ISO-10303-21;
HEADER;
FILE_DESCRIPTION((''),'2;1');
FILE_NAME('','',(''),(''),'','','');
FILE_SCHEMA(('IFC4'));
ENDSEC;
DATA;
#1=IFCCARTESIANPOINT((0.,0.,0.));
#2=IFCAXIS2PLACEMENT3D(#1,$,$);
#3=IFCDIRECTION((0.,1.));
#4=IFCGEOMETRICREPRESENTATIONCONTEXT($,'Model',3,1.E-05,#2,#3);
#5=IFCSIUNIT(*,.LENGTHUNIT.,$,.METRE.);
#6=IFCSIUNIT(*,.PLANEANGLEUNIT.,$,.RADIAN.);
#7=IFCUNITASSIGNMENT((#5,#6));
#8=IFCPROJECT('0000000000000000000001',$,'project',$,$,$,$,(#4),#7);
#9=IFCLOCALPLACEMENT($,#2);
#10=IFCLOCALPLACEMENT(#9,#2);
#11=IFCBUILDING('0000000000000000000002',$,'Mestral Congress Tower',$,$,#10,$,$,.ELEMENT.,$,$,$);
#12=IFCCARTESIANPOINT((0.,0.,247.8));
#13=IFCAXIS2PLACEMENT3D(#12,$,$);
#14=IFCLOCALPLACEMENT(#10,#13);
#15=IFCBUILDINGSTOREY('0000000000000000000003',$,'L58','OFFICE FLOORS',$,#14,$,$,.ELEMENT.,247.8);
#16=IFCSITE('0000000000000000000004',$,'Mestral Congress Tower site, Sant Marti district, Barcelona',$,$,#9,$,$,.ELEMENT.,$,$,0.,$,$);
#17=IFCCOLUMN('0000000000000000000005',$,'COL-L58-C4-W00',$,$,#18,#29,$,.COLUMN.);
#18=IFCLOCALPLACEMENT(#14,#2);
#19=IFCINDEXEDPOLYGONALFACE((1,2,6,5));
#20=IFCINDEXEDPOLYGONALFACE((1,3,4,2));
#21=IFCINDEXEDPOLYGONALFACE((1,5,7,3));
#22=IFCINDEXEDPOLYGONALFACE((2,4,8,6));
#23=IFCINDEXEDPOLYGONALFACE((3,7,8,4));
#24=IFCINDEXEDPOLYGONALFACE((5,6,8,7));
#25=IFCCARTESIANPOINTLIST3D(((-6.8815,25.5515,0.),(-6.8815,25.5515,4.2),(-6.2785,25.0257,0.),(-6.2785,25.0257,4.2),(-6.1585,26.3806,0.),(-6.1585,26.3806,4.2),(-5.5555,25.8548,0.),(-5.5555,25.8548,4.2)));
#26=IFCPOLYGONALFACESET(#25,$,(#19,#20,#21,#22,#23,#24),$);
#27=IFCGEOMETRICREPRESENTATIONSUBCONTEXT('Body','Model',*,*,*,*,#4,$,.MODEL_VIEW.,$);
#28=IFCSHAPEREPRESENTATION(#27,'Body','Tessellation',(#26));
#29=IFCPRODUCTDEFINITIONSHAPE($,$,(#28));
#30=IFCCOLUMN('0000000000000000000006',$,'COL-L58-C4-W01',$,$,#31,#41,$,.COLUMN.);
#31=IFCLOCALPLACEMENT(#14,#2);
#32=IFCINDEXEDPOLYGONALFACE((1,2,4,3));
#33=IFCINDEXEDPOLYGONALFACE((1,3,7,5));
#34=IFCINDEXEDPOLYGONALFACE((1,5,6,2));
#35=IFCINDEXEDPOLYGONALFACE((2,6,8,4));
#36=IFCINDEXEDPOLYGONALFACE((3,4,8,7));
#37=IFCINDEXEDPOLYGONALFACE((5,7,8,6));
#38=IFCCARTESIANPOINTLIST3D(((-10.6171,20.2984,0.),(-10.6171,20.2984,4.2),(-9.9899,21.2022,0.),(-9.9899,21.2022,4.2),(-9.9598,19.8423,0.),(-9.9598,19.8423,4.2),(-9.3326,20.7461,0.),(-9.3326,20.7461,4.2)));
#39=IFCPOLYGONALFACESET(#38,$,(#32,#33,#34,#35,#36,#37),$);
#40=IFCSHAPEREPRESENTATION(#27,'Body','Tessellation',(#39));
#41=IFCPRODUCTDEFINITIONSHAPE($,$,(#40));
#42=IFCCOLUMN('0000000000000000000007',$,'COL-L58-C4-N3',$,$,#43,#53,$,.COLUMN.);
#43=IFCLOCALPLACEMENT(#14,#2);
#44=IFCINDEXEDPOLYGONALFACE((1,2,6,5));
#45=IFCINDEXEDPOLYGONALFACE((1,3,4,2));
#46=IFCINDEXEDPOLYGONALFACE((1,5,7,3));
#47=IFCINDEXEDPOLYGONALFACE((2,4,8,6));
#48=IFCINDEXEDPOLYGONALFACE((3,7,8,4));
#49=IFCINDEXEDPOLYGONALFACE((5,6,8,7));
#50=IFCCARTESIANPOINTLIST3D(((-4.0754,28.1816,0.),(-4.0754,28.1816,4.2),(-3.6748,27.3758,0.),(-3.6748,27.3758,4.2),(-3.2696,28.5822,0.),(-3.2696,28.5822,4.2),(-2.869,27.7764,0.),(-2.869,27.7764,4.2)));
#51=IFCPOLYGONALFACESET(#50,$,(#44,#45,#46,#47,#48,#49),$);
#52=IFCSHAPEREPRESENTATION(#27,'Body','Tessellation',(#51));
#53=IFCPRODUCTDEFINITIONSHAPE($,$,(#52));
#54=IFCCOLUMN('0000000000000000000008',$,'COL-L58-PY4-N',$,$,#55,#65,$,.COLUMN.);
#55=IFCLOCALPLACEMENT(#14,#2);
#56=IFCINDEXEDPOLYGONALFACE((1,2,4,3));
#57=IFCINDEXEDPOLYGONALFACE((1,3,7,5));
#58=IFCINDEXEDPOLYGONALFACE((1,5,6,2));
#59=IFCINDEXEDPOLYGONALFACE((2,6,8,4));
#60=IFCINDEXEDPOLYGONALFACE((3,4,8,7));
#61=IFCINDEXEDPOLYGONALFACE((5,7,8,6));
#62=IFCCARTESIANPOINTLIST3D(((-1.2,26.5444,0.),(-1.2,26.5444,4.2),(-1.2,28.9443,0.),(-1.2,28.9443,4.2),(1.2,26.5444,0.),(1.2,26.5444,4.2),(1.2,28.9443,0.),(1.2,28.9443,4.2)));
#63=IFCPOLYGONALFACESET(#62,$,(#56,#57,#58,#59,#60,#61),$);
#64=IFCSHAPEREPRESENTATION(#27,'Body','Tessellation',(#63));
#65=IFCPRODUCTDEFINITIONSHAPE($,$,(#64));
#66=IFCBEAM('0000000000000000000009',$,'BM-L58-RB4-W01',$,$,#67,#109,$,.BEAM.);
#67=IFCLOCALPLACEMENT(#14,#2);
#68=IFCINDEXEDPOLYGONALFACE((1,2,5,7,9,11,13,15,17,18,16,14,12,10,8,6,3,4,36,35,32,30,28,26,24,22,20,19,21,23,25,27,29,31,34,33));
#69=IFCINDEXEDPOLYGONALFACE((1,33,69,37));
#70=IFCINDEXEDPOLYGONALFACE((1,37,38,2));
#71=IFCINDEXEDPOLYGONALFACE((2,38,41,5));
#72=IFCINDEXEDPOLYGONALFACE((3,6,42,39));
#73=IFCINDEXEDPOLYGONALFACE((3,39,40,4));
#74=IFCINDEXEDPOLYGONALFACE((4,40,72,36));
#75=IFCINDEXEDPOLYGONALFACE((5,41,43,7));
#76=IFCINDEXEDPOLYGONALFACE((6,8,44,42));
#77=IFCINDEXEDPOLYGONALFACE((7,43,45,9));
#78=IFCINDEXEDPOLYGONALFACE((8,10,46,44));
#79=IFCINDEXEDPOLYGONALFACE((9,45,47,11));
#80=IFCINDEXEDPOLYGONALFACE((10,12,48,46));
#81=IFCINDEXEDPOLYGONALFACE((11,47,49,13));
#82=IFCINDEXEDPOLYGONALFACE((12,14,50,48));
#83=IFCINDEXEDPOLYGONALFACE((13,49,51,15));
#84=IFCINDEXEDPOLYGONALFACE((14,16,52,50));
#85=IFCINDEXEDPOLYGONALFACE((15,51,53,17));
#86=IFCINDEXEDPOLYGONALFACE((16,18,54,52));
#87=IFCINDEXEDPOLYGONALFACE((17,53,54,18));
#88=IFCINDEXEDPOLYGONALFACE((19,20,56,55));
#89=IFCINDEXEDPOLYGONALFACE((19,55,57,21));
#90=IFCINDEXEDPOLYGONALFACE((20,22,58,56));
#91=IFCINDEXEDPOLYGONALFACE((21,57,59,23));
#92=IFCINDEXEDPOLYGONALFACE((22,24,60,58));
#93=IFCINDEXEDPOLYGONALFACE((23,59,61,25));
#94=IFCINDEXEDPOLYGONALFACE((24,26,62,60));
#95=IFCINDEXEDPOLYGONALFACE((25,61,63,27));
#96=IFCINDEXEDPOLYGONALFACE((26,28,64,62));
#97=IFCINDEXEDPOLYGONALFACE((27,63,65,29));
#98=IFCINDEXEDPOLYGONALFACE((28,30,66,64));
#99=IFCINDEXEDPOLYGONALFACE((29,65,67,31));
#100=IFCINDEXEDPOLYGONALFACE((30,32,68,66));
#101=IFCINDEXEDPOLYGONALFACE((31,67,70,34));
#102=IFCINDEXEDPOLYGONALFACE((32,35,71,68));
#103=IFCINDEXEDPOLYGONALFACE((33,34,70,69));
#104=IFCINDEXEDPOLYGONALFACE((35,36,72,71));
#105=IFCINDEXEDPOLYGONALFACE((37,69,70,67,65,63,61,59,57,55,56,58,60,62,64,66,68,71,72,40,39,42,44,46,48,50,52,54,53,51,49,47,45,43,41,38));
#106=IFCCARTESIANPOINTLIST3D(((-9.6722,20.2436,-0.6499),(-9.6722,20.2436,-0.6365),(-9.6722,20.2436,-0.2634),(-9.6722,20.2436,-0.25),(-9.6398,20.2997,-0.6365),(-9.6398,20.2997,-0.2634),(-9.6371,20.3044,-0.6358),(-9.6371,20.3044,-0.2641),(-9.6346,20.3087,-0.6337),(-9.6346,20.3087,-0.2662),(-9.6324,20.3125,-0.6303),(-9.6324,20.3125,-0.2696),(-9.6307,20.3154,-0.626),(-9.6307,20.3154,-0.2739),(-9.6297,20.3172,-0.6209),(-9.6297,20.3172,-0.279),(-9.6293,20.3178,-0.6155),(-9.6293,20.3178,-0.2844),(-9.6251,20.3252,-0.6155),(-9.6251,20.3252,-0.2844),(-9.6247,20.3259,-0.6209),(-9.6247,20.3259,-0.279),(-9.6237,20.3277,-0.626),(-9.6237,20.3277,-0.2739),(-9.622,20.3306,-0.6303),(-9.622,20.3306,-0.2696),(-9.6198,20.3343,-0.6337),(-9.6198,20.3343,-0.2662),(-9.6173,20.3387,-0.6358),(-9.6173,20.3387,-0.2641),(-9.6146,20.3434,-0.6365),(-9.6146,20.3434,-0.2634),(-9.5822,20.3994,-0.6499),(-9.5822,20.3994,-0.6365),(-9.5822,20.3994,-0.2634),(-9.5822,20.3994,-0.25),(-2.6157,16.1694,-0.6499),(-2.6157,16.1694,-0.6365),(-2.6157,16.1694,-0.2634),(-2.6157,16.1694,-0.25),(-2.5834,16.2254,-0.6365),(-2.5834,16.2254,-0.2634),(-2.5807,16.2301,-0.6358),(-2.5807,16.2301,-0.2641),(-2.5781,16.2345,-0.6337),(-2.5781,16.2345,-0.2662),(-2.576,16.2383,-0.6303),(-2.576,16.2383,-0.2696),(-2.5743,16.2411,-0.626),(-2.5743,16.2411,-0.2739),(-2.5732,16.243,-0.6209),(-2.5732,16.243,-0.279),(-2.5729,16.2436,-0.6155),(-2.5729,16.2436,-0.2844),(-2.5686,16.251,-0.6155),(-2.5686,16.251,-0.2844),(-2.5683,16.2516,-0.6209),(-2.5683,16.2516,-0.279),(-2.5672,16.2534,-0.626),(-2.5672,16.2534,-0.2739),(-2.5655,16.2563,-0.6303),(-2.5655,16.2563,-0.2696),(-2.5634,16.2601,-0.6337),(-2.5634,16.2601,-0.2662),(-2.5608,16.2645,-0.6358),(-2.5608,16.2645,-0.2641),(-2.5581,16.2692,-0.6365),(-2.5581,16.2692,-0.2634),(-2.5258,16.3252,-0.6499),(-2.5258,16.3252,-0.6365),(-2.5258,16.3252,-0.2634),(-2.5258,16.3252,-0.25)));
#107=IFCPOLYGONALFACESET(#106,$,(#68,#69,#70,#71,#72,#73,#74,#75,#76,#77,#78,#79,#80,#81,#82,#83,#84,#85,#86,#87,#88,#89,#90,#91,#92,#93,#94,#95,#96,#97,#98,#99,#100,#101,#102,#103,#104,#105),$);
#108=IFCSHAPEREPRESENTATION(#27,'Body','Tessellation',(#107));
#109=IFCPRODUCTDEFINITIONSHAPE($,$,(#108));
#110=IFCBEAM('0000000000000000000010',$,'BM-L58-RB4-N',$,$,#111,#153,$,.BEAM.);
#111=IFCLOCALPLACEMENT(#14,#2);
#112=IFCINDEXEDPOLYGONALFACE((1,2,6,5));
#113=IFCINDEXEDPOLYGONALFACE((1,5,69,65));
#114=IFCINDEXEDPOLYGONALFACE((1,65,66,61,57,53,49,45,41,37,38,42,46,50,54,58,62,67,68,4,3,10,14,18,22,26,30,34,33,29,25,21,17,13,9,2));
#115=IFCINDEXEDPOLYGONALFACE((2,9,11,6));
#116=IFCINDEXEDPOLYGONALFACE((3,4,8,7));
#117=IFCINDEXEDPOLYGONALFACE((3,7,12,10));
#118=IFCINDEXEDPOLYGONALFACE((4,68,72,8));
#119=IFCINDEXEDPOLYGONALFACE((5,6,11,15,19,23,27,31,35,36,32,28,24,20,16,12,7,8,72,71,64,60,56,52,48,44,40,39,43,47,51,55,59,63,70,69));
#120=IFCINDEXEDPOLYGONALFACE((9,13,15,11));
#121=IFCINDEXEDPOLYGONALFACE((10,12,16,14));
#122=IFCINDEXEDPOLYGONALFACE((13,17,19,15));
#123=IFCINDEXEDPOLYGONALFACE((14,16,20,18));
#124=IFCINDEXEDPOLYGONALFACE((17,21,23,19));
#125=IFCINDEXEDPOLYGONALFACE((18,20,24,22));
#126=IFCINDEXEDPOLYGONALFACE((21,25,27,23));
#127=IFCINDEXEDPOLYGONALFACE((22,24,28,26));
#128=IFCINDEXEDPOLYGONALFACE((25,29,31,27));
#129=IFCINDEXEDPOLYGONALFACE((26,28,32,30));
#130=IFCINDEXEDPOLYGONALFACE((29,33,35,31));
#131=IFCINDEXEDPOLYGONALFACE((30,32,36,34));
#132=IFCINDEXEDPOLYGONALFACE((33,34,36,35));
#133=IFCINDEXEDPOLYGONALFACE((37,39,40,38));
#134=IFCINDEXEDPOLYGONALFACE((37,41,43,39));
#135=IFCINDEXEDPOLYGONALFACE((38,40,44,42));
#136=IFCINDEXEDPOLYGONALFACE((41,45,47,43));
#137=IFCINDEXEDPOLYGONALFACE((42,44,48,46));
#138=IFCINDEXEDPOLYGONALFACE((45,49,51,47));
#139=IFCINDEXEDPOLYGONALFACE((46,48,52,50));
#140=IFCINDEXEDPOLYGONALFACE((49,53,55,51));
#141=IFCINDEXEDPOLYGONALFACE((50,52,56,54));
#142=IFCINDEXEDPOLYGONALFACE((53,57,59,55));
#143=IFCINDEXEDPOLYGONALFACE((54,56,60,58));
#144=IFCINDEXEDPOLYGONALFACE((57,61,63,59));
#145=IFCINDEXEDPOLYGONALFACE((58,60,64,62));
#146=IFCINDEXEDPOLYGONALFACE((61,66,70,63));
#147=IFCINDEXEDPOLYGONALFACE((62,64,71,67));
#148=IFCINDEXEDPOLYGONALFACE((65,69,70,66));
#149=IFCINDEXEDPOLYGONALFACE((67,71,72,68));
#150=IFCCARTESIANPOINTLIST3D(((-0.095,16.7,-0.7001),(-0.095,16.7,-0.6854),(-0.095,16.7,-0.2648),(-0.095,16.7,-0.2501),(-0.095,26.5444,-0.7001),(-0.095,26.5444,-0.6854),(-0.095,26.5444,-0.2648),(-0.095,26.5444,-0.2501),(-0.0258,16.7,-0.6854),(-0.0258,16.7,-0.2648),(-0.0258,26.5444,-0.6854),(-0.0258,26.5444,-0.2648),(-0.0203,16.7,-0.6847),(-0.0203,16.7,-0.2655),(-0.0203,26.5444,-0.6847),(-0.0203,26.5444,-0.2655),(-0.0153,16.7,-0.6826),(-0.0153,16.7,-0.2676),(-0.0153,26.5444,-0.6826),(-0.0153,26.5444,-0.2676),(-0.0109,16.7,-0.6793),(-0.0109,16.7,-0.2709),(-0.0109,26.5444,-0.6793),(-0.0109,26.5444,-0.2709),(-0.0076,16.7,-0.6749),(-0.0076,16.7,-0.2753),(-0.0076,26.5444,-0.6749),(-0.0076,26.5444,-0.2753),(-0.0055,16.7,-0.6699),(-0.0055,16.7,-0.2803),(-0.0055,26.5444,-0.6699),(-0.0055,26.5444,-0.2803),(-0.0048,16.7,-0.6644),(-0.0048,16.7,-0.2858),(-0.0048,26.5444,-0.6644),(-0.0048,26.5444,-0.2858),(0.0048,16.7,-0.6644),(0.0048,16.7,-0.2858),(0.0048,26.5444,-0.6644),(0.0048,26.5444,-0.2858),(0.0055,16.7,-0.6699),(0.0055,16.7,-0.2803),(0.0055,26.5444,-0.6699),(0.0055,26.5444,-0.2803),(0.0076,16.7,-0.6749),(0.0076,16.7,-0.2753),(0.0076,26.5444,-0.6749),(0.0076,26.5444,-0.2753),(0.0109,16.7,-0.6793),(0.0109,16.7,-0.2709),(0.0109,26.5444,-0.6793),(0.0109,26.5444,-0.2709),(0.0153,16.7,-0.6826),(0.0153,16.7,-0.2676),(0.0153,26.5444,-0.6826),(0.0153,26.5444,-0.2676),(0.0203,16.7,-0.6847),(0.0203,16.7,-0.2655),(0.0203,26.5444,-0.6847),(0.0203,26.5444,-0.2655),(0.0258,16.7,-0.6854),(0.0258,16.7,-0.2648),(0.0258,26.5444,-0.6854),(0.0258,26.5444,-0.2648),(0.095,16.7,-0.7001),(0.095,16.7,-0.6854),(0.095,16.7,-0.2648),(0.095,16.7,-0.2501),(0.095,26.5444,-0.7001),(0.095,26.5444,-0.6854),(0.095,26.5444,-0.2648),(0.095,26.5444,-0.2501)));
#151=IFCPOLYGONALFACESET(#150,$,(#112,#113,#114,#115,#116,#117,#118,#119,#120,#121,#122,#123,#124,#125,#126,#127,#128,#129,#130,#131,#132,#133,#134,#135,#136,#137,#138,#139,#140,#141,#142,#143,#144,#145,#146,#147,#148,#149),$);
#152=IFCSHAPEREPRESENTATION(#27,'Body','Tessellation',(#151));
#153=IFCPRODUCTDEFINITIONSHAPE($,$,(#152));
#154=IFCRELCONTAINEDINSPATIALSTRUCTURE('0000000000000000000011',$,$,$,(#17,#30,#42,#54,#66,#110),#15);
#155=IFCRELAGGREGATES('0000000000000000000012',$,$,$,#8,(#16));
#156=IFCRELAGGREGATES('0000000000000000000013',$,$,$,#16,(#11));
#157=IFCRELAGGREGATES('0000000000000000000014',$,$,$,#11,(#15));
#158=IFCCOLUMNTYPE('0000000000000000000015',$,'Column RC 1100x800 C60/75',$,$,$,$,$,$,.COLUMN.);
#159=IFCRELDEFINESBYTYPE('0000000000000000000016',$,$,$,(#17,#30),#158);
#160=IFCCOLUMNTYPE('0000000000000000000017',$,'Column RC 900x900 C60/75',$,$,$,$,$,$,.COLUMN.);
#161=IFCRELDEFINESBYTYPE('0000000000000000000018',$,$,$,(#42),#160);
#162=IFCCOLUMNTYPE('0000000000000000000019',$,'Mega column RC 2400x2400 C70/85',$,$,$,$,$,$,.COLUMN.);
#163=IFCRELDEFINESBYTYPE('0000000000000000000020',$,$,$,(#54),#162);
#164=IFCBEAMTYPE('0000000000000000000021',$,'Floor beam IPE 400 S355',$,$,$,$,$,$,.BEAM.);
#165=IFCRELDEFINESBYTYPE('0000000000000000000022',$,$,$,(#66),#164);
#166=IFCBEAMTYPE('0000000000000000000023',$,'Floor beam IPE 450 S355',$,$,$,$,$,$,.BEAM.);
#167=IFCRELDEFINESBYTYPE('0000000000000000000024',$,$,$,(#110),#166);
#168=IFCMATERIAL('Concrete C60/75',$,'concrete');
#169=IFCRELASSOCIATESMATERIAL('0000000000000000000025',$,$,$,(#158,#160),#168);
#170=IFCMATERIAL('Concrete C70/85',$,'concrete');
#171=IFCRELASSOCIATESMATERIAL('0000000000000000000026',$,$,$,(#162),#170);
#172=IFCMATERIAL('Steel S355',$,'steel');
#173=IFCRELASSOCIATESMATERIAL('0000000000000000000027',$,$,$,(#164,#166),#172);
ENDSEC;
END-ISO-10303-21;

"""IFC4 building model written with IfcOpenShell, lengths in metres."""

from ifc_helpers import new_model, si_unit, direction, frame, origin, origin_2d, place, context, subcontext, project, spatial, rectangle, i_section, extrude, material, material_profile, profile_set, type_object, element, save


model = new_model("IFC4")

# Units and contexts
model_context = context("Model", 3, precision=1e-05, world=origin(), true_north=direction((0.0, 1.0)))
body_context = subcontext(model_context, "Body", "Model", "MODEL_VIEW")
ifc_project = project(units=[si_unit("LENGTHUNIT", "METRE"), si_unit("PLANEANGLEUNIT", "RADIAN")], contexts=[model_context])

# Site, building, storey
site_placement = place(None, origin())
site = spatial("IfcSite", under=ifc_project, at=site_placement, Name="Mestral Congress Tower site, Sant Marti district, Barcelona", CompositionType="ELEMENT", RefElevation=0.0)
building_placement = place(site_placement, origin())
building = spatial("IfcBuilding", under=site, at=building_placement, Name="Mestral Congress Tower", CompositionType="ELEMENT")
storey_placement = place(building_placement, frame((0.0, 0.0, 247.8)))
storey = spatial("IfcBuildingStorey", under=building, at=storey_placement, Name="L58", Description="OFFICE FLOORS", CompositionType="ELEMENT", Elevation=247.8)

# Columns
ifc_material_1 = material(Name="Concrete C60/75", Category="concrete")
ifc_material_profile_1 = material_profile(ifc_material_1, rectangle(XDim=1.1001, YDim=0.8, at=origin_2d()), Name="RC 1100x800")
ifc_profile_set_1 = profile_set([ifc_material_profile_1], Name="Concrete C60/75")
column_type_1 = type_object("IfcColumnType", Name="Column RC 1100x800 C60/75", PredefinedType="COLUMN", material=ifc_profile_set_1)
for number, where, z_axis, x_axis, name in (
    (1, (-6.2185, 25.7031, 0.0), (0.0, 0.0, 1.0), (-0.65725, -0.753672, 0.0), "COL-L58-C4-W00"),
    (2, (-9.9749, 20.5222, 0.0), (0.0, 0.0, 1.0), (-0.570084, -0.821586, 0.0), "COL-L58-C4-W01"),
):
    element("IfcColumn", number, at=place(storey_placement, frame(where, z_axis=z_axis, x_axis=x_axis)), inside=storey, type_object=column_type_1, Name=name, PredefinedType="COLUMN", context=body_context, shape_type="SweptSolid", body=[
        extrude(rectangle(XDim=1.1001, YDim=0.8, at=origin_2d()), origin(), (0.0, 0.0, 1.0), 4.2),
    ])
ifc_material_profile_2 = material_profile(ifc_material_1, rectangle(XDim=0.8999, YDim=0.8999, at=origin_2d()), Name="RC 900x900")
ifc_profile_set_2 = profile_set([ifc_material_profile_2], Name="Concrete C60/75")
column_type_2 = type_object("IfcColumnType", Name="Column RC 900x900 C60/75", PredefinedType="COLUMN", material=ifc_profile_set_2)
column_1_placement = place(storey_placement, frame((-3.4722, 27.979, 0.0), z_axis=(0.0, 0.0, 1.0), x_axis=(-0.895456, -0.445149, 0.0)))
element("IfcColumn", 3, at=column_1_placement, inside=storey, type_object=column_type_2, Name="COL-L58-C4-N3", PredefinedType="COLUMN", context=body_context, shape_type="SweptSolid", body=[
    extrude(rectangle(XDim=0.8999, YDim=0.8999, at=origin_2d()), origin(), (0.0, 0.0, 1.0), 4.2),
])
ifc_material_2 = material(Name="Concrete C70/85", Category="concrete")
ifc_material_profile_3 = material_profile(ifc_material_2, rectangle(XDim=2.3999, YDim=2.3999, at=origin_2d()), Name="RC 2400x2400")
ifc_profile_set_3 = profile_set([ifc_material_profile_3], Name="Concrete C70/85")
column_type_3 = type_object("IfcColumnType", Name="Mega column RC 2400x2400 C70/85", PredefinedType="COLUMN", material=ifc_profile_set_3)
column_2_placement = place(storey_placement, frame((0.0, 27.7444, 0.0), z_axis=(0.0, 0.0, 1.0), x_axis=(0.0, 1.0, 0.0)))
element("IfcColumn", 4, at=column_2_placement, inside=storey, type_object=column_type_3, Name="COL-L58-PY4-N", PredefinedType="COLUMN", context=body_context, shape_type="SweptSolid", body=[
    extrude(rectangle(XDim=2.3999, YDim=2.3999, at=origin_2d()), origin(), (0.0, 0.0, 1.0), 4.2),
])

# Beams
ifc_material_3 = material(Name="Steel S355", Category="steel")
ifc_material_profile_4 = material_profile(ifc_material_3, i_section(OverallWidth=0.1799, OverallDepth=0.3999, WebThickness=0.0085, FlangeThickness=0.0134, FilletRadius=0.021, at=origin_2d()), Name="IPE 400")
ifc_profile_set_4 = profile_set([ifc_material_profile_4], Name="Steel S355")
beam_type_1 = type_object("IfcBeamType", Name="Floor beam IPE 400 S355", PredefinedType="BEAM", material=ifc_profile_set_4)
beam_1_placement = place(storey_placement, frame((-9.6272, 20.3215, -0.45), z_axis=(0.866014, -0.500019, 0.0), x_axis=(0.500019, 0.866014, 0.0)))
element("IfcBeam", 5, at=beam_1_placement, inside=storey, type_object=beam_type_1, Name="BM-L58-RB4-W01", PredefinedType="BEAM", context=body_context, shape_type="SweptSolid", body=[
    extrude(i_section(OverallWidth=0.1799, OverallDepth=0.3999, WebThickness=0.0085, FlangeThickness=0.0134, FilletRadius=0.021, at=origin_2d()), origin(), (0.0, 0.0, 1.0), 8.1482),
])
ifc_material_profile_5 = material_profile(ifc_material_3, i_section(OverallWidth=0.1899, OverallDepth=0.45, WebThickness=0.0095, FlangeThickness=0.0146, FilletRadius=0.021, at=origin_2d()), Name="IPE 450")
ifc_profile_set_5 = profile_set([ifc_material_profile_5], Name="Steel S355")
beam_type_2 = type_object("IfcBeamType", Name="Floor beam IPE 450 S355", PredefinedType="BEAM", material=ifc_profile_set_5)
beam_2_placement = place(storey_placement, frame((0.0, 26.5444, -0.4751), z_axis=(0.0, -1.0, 0.0), x_axis=(1.0, 0.0, 0.0)))
element("IfcBeam", 6, at=beam_2_placement, inside=storey, type_object=beam_type_2, Name="BM-L58-RB4-N", PredefinedType="BEAM", context=body_context, shape_type="SweptSolid", body=[
    extrude(i_section(OverallWidth=0.1899, OverallDepth=0.45, WebThickness=0.0095, FlangeThickness=0.0146, FilletRadius=0.021, at=origin_2d()), origin(), (0.0, 0.0, 1.0), 9.8445),
])

save(model, "model.ifc")
